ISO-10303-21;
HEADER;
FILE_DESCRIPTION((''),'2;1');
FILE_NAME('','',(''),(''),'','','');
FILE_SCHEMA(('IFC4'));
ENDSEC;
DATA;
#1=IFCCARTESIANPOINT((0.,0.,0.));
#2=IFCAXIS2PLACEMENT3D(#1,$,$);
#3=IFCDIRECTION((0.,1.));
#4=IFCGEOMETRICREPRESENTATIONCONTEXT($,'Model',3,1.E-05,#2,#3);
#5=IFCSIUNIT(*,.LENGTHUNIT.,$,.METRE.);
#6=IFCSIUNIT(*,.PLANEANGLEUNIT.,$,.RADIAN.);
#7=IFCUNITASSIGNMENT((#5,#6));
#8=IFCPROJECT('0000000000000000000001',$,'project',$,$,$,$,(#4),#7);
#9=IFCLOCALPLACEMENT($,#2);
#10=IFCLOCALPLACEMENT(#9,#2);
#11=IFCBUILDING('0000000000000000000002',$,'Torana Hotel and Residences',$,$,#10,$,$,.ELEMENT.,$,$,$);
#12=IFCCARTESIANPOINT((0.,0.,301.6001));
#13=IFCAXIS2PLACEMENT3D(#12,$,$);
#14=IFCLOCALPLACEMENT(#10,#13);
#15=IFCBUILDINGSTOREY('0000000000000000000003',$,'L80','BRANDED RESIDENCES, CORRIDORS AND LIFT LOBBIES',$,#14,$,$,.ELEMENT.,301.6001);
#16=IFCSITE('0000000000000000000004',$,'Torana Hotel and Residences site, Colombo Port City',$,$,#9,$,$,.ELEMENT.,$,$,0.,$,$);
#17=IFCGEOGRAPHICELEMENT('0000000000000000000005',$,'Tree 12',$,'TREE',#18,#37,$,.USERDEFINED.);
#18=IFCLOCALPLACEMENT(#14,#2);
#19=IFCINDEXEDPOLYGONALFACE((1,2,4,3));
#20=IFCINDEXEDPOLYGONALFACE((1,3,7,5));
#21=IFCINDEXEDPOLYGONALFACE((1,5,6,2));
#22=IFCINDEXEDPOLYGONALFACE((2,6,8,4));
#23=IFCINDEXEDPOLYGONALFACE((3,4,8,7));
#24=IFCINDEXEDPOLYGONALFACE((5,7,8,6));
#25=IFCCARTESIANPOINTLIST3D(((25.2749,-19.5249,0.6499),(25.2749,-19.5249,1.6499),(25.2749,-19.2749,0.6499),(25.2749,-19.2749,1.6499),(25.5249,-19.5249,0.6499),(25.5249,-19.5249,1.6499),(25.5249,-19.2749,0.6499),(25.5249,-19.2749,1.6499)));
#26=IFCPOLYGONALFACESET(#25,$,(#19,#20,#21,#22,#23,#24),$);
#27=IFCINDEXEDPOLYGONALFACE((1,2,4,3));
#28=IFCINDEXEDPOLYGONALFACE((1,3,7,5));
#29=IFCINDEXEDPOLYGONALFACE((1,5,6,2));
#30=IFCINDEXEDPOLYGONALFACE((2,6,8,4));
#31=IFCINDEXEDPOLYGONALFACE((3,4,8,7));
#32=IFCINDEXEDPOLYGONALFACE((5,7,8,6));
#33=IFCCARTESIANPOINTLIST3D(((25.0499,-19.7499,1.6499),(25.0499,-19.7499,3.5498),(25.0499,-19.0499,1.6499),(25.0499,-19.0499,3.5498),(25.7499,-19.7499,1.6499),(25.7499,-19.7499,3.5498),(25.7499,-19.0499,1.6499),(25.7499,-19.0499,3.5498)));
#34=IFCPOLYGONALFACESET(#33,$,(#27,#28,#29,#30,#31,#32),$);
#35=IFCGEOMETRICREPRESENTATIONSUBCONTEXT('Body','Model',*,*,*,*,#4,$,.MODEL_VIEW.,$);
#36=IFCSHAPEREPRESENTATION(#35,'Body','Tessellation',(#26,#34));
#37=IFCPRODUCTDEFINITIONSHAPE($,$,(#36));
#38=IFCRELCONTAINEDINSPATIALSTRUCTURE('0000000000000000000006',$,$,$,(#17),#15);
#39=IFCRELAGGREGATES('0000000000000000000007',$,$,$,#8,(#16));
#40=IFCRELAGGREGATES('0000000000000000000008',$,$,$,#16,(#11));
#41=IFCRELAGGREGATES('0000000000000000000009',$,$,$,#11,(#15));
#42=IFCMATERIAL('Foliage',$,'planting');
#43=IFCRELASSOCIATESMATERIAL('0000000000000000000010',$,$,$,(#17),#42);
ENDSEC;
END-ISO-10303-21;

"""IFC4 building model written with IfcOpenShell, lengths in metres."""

from ifc_helpers import new_model, si_unit, direction, frame, origin, origin_2d, place, context, subcontext, project, spatial, rectangle, extrude, material, element, save


model = new_model("IFC4")

# Units and contexts
model_context = context("Model", 3, precision=1e-05, world=origin(), true_north=direction((0.0, 1.0)))
body_context = subcontext(model_context, "Body", "Model", "MODEL_VIEW")
ifc_project = project(units=[si_unit("LENGTHUNIT", "METRE"), si_unit("PLANEANGLEUNIT", "RADIAN")], contexts=[model_context])

# Site, building, storey
site_placement = place(None, origin())
site = spatial("IfcSite", under=ifc_project, at=site_placement, Name="Torana Hotel and Residences site, Colombo Port City", CompositionType="ELEMENT", RefElevation=0.0)
building_placement = place(site_placement, origin())
building = spatial("IfcBuilding", under=site, at=building_placement, Name="Torana Hotel and Residences", CompositionType="ELEMENT")
storey_placement = place(building_placement, frame((0.0, 0.0, 301.6001)))
storey = spatial("IfcBuildingStorey", under=building, at=storey_placement, Name="L80", Description="BRANDED RESIDENCES, CORRIDORS AND LIFT LOBBIES", CompositionType="ELEMENT", Elevation=301.6001)

# Geographic element
ifc_material_1 = material(Name="Foliage", Category="planting")
geographic_element_placement = place(storey_placement, frame((25.3999, -19.3999, 0.6499), z_axis=(0.0, 0.0, 1.0), x_axis=(1.0, 0.0, 0.0)))
element("IfcGeographicElement", 1, at=geographic_element_placement, inside=storey, material=ifc_material_1, Name="Tree 12", ObjectType="TREE", PredefinedType="USERDEFINED", context=body_context, shape_type="SweptSolid", body=[
    extrude(rectangle(XDim=0.25, YDim=0.25, at=origin_2d()), origin(), (0.0, 0.0, 1.0), 1.0),
    extrude(rectangle(XDim=0.7, YDim=0.7, at=origin_2d()), frame((0.0, 0.0, 1.0)), (0.0, 0.0, 1.0), 1.8999),
])

save(model, "model.ifc")
